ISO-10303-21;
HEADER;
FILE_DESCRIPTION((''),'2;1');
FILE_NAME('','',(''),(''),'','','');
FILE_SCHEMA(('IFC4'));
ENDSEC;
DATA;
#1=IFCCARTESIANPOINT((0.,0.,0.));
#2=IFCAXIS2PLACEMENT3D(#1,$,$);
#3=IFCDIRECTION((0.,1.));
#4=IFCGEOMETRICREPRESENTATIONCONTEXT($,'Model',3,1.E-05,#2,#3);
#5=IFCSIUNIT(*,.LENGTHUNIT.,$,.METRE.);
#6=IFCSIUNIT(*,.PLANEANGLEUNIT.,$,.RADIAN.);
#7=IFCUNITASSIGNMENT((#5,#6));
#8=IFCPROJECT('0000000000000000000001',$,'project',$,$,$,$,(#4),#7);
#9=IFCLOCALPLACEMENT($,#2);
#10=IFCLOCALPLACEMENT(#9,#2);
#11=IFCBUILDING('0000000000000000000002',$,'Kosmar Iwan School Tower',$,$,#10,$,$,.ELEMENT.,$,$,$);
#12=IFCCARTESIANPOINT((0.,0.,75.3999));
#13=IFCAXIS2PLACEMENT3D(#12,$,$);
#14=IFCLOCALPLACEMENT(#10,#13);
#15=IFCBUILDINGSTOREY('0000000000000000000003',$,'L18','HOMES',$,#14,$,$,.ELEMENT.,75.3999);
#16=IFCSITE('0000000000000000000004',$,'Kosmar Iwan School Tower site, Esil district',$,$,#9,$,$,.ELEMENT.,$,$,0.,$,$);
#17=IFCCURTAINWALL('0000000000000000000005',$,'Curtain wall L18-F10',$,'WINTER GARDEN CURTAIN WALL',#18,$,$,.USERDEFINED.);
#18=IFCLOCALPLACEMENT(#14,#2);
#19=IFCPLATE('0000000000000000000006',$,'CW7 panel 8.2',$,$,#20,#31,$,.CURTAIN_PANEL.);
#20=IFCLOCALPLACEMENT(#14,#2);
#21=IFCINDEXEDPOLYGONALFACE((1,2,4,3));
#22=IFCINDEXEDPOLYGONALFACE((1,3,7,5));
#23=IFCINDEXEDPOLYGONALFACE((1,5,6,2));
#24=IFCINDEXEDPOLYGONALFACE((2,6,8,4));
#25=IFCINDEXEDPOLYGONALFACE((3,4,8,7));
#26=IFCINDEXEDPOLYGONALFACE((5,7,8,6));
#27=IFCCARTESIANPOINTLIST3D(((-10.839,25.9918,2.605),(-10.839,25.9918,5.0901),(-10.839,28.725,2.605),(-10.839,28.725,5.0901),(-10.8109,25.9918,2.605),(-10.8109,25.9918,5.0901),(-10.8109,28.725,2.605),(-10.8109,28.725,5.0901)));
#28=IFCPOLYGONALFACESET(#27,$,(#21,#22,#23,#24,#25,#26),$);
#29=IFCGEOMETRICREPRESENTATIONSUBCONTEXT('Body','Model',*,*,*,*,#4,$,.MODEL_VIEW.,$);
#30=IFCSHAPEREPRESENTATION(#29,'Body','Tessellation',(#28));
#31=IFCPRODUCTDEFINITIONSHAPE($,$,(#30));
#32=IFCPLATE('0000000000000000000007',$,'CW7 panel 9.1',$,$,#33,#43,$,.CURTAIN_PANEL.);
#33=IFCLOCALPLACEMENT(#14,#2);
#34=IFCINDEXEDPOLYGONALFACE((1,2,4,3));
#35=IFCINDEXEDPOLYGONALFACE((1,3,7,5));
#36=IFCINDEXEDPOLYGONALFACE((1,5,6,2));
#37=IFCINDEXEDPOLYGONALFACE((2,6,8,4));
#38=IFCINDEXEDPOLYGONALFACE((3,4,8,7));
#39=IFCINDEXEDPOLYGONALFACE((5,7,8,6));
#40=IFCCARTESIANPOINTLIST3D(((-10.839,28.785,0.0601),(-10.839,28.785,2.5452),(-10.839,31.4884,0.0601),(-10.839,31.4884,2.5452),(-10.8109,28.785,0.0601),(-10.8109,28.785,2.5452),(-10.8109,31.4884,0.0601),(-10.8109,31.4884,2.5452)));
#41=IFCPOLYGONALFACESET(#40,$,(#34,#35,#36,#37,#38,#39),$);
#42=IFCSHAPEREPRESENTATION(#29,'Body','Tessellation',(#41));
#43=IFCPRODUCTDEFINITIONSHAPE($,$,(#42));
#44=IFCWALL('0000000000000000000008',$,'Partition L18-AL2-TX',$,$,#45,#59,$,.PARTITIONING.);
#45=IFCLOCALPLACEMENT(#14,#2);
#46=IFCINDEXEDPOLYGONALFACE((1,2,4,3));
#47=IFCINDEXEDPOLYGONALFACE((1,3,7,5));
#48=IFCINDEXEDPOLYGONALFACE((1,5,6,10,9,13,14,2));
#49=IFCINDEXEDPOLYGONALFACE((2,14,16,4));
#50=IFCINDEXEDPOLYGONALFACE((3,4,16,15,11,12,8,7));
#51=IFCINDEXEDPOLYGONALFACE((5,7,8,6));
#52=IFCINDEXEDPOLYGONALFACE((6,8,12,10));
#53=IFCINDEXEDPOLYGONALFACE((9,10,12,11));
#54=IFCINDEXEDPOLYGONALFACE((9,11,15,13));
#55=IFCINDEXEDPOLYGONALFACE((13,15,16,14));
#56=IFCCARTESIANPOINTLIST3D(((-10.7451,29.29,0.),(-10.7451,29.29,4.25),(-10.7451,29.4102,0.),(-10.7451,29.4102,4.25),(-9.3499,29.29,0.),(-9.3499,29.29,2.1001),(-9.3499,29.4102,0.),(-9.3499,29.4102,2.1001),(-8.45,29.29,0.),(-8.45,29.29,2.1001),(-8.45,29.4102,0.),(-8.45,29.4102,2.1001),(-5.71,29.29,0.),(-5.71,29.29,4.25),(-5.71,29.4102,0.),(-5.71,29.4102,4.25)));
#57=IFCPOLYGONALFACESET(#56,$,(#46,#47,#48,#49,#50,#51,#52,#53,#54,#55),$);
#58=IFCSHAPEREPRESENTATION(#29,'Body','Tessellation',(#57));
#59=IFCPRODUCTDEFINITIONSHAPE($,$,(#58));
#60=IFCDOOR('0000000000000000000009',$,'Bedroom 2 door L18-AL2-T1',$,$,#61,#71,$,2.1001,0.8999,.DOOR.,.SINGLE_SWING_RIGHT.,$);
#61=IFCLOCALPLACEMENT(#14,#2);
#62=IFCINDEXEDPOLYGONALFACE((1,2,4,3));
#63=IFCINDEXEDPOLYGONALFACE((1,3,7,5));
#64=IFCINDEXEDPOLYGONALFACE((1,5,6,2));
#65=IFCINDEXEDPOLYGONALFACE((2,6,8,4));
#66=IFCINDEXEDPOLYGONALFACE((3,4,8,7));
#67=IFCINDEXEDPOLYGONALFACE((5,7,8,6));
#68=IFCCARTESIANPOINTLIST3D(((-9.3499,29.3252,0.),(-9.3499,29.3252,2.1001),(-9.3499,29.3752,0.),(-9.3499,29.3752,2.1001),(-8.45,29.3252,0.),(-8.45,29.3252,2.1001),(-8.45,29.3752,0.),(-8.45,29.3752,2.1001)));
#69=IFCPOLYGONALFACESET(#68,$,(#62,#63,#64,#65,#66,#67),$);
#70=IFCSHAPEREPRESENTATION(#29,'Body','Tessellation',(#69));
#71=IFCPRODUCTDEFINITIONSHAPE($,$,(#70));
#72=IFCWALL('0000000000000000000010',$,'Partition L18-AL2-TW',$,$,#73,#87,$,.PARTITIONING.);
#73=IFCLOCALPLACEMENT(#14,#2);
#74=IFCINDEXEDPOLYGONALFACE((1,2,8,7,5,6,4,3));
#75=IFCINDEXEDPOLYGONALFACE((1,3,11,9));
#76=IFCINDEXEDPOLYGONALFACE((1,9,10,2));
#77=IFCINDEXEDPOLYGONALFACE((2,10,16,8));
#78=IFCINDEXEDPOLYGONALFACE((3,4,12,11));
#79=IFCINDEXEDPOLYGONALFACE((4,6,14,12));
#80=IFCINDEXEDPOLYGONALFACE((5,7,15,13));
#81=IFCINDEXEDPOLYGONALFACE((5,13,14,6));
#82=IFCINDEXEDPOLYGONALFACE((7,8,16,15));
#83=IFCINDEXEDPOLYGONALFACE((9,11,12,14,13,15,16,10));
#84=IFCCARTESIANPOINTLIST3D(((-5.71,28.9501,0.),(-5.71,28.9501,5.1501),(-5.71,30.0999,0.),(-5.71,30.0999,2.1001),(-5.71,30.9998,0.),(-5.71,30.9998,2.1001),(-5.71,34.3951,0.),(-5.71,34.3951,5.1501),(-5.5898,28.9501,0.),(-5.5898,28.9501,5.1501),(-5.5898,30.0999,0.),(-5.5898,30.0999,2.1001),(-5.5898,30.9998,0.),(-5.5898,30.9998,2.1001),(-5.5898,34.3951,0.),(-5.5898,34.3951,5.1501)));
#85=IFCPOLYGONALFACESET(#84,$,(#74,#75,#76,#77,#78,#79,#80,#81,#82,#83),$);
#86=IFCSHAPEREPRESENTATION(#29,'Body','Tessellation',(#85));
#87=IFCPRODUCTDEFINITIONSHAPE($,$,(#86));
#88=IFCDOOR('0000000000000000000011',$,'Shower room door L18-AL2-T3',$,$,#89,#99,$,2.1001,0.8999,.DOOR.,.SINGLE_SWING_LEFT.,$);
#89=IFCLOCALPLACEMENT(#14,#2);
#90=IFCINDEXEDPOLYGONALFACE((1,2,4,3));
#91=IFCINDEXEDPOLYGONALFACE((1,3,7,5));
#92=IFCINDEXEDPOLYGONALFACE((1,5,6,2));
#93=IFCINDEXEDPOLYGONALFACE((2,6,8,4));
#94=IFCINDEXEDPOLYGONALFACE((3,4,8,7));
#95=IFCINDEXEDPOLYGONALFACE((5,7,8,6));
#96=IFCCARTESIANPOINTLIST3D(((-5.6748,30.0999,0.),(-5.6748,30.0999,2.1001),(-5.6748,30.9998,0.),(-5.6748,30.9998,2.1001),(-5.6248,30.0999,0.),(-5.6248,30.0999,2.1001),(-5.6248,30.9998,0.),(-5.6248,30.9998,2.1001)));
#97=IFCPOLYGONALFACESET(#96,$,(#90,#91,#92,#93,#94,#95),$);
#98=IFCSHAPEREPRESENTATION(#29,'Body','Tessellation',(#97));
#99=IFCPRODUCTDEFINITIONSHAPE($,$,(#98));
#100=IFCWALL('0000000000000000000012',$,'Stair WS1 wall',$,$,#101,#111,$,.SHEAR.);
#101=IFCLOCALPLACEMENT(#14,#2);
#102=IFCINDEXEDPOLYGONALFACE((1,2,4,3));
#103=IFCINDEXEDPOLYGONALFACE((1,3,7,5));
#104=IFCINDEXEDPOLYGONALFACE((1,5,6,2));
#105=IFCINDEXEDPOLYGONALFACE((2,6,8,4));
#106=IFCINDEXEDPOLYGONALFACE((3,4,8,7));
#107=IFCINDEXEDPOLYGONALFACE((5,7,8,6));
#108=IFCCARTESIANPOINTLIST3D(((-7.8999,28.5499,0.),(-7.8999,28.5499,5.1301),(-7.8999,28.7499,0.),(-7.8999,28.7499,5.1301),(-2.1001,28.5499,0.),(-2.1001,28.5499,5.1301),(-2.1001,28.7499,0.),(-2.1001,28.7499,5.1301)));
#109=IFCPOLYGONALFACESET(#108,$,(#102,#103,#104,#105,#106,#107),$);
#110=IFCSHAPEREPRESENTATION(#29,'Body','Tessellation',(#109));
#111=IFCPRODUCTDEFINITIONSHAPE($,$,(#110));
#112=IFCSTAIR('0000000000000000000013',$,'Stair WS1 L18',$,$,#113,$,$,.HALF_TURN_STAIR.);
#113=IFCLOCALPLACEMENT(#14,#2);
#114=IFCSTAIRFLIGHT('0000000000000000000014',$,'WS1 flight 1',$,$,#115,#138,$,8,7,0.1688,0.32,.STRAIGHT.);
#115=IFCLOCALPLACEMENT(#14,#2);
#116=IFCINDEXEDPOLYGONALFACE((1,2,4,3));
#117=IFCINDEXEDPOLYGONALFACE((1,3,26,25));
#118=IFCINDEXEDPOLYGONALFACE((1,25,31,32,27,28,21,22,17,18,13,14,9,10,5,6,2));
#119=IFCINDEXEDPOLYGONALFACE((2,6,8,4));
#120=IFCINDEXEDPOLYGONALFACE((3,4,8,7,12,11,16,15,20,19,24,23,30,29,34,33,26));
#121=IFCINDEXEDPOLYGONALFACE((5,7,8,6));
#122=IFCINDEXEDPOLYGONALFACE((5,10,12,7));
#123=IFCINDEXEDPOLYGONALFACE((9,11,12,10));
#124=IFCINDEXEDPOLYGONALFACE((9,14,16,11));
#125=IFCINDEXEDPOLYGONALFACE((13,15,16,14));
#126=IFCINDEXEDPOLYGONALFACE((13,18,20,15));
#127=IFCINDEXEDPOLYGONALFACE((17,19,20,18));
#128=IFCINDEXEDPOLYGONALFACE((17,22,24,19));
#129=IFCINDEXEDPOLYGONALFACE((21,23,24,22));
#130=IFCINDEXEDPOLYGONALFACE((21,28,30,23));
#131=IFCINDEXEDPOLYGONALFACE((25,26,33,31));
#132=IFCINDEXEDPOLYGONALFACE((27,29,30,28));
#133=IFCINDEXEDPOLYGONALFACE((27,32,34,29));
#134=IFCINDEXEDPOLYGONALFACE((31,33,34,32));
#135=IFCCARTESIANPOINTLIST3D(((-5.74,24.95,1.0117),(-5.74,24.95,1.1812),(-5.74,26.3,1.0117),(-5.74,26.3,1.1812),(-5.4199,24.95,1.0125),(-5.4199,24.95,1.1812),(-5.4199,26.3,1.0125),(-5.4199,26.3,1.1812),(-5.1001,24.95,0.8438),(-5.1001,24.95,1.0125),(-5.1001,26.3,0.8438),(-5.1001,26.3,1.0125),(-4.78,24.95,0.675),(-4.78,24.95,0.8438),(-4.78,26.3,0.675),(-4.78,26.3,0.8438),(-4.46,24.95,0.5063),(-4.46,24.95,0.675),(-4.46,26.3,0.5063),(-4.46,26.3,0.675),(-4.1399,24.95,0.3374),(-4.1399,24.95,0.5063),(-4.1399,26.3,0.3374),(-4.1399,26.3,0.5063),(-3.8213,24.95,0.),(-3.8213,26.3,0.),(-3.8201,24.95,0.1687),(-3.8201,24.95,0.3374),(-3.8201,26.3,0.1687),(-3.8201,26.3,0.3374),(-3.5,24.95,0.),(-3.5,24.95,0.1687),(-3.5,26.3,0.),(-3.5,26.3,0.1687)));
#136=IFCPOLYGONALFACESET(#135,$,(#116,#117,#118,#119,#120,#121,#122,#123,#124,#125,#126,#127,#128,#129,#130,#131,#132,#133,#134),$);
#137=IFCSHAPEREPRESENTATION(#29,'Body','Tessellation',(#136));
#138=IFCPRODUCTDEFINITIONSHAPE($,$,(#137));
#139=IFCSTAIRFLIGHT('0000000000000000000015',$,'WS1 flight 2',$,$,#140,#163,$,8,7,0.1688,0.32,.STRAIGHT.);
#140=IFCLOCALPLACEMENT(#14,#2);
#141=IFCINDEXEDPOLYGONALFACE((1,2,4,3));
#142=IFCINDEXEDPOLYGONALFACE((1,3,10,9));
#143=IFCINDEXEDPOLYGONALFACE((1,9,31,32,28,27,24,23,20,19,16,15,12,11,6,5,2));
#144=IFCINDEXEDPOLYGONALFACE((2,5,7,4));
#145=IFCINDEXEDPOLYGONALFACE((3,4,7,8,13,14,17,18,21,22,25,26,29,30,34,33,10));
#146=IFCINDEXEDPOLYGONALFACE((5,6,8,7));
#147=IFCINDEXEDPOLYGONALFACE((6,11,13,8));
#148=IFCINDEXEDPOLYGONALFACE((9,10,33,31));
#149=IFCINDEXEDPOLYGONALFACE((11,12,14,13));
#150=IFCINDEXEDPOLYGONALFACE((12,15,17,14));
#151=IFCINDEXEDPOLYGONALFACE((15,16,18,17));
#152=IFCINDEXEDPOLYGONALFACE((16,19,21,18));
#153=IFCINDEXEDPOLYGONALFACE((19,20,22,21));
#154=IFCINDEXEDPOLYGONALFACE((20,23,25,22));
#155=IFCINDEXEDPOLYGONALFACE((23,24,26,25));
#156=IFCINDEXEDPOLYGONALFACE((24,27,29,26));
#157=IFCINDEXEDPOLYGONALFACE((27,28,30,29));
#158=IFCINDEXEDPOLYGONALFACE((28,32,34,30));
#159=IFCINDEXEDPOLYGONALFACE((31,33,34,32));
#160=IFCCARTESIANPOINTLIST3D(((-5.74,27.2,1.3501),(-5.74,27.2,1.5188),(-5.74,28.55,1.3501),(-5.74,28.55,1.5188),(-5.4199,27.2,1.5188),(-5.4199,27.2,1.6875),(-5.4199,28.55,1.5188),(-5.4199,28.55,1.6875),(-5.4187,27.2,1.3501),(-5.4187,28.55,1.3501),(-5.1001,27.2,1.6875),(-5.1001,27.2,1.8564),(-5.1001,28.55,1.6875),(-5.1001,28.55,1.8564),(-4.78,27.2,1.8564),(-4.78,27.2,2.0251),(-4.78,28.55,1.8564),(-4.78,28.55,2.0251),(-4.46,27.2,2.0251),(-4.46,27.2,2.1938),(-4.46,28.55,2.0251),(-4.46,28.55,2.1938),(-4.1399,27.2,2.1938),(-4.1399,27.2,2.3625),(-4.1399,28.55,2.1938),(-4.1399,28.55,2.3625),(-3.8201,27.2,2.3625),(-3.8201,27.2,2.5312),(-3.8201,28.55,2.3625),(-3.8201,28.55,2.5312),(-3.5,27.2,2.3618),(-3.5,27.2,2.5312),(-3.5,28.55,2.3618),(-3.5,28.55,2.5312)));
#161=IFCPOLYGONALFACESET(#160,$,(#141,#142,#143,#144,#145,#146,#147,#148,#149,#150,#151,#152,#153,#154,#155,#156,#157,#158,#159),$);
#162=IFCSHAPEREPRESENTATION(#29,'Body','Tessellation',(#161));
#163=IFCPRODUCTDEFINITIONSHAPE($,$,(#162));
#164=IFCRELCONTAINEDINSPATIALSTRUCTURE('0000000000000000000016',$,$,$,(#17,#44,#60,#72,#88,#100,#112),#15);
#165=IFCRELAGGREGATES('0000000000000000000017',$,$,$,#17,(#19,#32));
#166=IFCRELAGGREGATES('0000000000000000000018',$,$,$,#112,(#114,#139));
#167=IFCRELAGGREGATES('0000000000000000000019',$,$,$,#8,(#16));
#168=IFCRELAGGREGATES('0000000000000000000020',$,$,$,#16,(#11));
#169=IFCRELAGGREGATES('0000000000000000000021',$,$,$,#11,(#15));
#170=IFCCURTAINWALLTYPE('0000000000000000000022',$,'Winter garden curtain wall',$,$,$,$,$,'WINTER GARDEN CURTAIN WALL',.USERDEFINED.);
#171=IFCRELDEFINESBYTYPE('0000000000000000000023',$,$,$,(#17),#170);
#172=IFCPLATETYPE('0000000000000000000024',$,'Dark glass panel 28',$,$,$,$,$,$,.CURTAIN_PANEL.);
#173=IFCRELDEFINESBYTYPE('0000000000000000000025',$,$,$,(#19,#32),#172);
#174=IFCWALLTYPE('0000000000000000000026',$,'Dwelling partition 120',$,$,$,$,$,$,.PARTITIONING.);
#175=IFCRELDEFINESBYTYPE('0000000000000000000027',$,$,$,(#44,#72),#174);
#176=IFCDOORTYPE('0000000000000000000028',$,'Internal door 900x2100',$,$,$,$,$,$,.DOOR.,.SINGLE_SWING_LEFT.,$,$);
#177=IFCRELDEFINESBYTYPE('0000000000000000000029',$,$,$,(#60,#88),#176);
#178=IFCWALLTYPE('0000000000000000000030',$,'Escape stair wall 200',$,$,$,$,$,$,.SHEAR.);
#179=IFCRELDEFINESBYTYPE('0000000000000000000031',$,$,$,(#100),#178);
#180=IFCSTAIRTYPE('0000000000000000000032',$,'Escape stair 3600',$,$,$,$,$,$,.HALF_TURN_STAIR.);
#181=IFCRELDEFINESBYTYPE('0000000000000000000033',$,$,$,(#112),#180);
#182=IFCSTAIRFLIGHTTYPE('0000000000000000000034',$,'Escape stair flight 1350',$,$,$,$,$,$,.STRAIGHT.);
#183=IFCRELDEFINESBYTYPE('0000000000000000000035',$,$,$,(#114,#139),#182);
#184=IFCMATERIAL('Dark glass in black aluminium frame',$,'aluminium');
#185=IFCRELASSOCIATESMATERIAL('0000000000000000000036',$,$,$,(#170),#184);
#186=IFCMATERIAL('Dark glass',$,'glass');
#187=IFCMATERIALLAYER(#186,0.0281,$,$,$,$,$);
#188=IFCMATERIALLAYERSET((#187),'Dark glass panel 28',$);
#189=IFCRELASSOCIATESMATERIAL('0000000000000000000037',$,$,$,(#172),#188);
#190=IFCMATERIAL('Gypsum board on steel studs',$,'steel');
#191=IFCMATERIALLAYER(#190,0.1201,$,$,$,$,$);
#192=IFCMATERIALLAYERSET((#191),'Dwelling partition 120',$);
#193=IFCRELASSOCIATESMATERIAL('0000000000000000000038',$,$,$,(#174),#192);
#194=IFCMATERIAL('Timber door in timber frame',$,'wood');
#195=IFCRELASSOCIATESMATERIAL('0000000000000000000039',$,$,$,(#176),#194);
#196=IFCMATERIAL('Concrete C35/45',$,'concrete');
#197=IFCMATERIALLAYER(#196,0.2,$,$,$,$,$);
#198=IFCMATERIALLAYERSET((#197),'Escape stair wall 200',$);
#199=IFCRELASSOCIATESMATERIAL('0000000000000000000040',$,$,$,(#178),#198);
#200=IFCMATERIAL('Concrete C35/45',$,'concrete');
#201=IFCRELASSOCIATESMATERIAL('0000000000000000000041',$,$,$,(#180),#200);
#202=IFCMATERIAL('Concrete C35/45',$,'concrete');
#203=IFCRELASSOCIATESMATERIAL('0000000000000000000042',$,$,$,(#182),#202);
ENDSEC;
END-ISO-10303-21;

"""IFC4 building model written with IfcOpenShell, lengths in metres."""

from ifc_helpers import new_model, si_unit, direction, frame, frame_2d, origin, origin_2d, place, context, subcontext, project, spatial, polyline, rectangle, outline, extrude, material, layer, layer_set, type_object, element, fill, aggregate, save


model = new_model("IFC4")

# Units and contexts
model_context = context("Model", 3, precision=1e-05, world=origin(), true_north=direction((0.0, 1.0)))
body_context = subcontext(model_context, "Body", "Model", "MODEL_VIEW")
ifc_project = project(units=[si_unit("LENGTHUNIT", "METRE"), si_unit("PLANEANGLEUNIT", "RADIAN")], contexts=[model_context])

# Site, building, storey
site_placement = place(None, origin())
site = spatial("IfcSite", under=ifc_project, at=site_placement, Name="Kosmar Iwan School Tower site, Esil district", CompositionType="ELEMENT", RefElevation=0.0)
building_placement = place(site_placement, origin())
building = spatial("IfcBuilding", under=site, at=building_placement, Name="Kosmar Iwan School Tower", CompositionType="ELEMENT")
storey_placement = place(building_placement, frame((0.0, 0.0, 75.3999)))
storey = spatial("IfcBuildingStorey", under=building, at=storey_placement, Name="L18", Description="HOMES", CompositionType="ELEMENT", Elevation=75.3999)

# Curtain wall
ifc_material_1 = material(Name="Dark glass in black aluminium frame", Category="aluminium")
curtain_wall_type = type_object("IfcCurtainWallType", Name="Winter garden curtain wall", ElementType="WINTER GARDEN CURTAIN WALL", PredefinedType="USERDEFINED", material=ifc_material_1)
curtain_wall_placement = place(storey_placement, origin())
curtain_wall = element("IfcCurtainWall", 1, at=curtain_wall_placement, inside=storey, type_object=curtain_wall_type, Name="Curtain wall L18-F10", ObjectType="WINTER GARDEN CURTAIN WALL", PredefinedType="USERDEFINED")

# Plates
ifc_material_2 = material(Name="Dark glass", Category="glass")
ifc_layer_1 = layer(ifc_material_2, 0.0281)
ifc_layer_set_1 = layer_set([ifc_layer_1], Name="Dark glass panel 28")
plate_type = type_object("IfcPlateType", Name="Dark glass panel 28", PredefinedType="CURTAIN_PANEL", material=ifc_layer_set_1)
plate_1_placement = place(storey_placement, frame((-10.825, 27.3584, 2.605), z_axis=(0.0, 0.0, 1.0), x_axis=(0.0, 1.0, 0.0)))
plate_1 = element("IfcPlate", 2, at=plate_1_placement, type_object=plate_type, Name="CW7 panel 8.2", PredefinedType="CURTAIN_PANEL", context=body_context, shape_type="SweptSolid", body=[
    extrude(rectangle(XDim=2.7332, YDim=0.0281, at=origin_2d()), origin(), (0.0, 0.0, 1.0), 2.4851),
])
plate_2_placement = place(storey_placement, frame((-10.825, 30.1367, 0.0601), z_axis=(0.0, 0.0, 1.0), x_axis=(0.0, 1.0, 0.0)))
plate_2 = element("IfcPlate", 3, at=plate_2_placement, type_object=plate_type, Name="CW7 panel 9.1", PredefinedType="CURTAIN_PANEL", context=body_context, shape_type="SweptSolid", body=[
    extrude(rectangle(XDim=2.7034, YDim=0.0281, at=origin_2d()), origin(), (0.0, 0.0, 1.0), 2.4851),
])
aggregate(curtain_wall, [plate_1, plate_2])

# Walls, openings, doors
ifc_material_3 = material(Name="Gypsum board on steel studs", Category="steel")
ifc_layer_2 = layer(ifc_material_3, 0.1201)
ifc_layer_set_2 = layer_set([ifc_layer_2], Name="Dwelling partition 120")
wall_type_1 = type_object("IfcWallType", Name="Dwelling partition 120", PredefinedType="PARTITIONING", material=ifc_layer_set_2)
wall_1_placement = place(storey_placement, frame((-5.71, 29.3501, 0.0), z_axis=(0.0, 0.0, 1.0), x_axis=(-1.0, 0.0, 0.0)))
wall_1 = element("IfcWall", 4, at=wall_1_placement, inside=storey, type_object=wall_type_1, Name="Partition L18-AL2-TX", PredefinedType="PARTITIONING", context=body_context, shape_type="SweptSolid", body=[
    extrude(rectangle(XDim=5.0352, YDim=0.1201, at=frame_2d((2.5176, 0.0))), origin(), (0.0, 0.0, 1.0), 4.25),
])
opening_1_placement = place(wall_1_placement, frame((2.74, 0.0, 0.0)))
opening_1 = element("IfcOpeningElement", 5, at=opening_1_placement, cuts=wall_1, PredefinedType="OPENING", context=body_context, shape_type="SweptSolid", body=[
    extrude(rectangle(XDim=0.8999, YDim=2.1001, at=frame_2d((0.45, 1.05))), frame((0.0, 0.072, 0.0), z_axis=(0.0, -1.0, 0.0), x_axis=(1.0, 0.0, 0.0)), (0.0, 0.0, 1.0), 0.144),
])
ifc_material_4 = material(Name="Timber door in timber frame", Category="wood")
door_type = type_object("IfcDoorType", Name="Internal door 900x2100", OperationType="SINGLE_SWING_LEFT", PredefinedType="DOOR", material=ifc_material_4)
door_1_placement = place(opening_1_placement, origin())
door_1 = element("IfcDoor", 6, at=door_1_placement, inside=storey, type_object=door_type, Name="Bedroom 2 door L18-AL2-T1", OperationType="SINGLE_SWING_RIGHT", OverallHeight=2.1001, OverallWidth=0.8999, PredefinedType="DOOR", context=body_context, shape_type="SweptSolid", body=[
    extrude(rectangle(XDim=0.8999, YDim=2.1001, at=frame_2d((0.45, 1.05))), frame((0.0, 0.0249, 0.0), z_axis=(0.0, -1.0, 0.0), x_axis=(1.0, 0.0, 0.0)), (0.0, 0.0, 1.0), 0.05),
])
fill(opening_1, door_1)
wall_2_placement = place(storey_placement, frame((-5.6499, 28.95, 0.0), z_axis=(0.0, 0.0, 1.0), x_axis=(0.0, 1.0, 0.0)))
wall_2 = element("IfcWall", 7, at=wall_2_placement, inside=storey, type_object=wall_type_1, Name="Partition L18-AL2-TW", PredefinedType="PARTITIONING", context=body_context, shape_type="SweptSolid", body=[
    extrude(rectangle(XDim=5.4451, YDim=0.1201, at=frame_2d((2.7227, 0.0))), origin(), (0.0, 0.0, 1.0), 5.1501),
])
opening_2_placement = place(wall_2_placement, frame((1.1499, 0.0, 0.0)))
opening_2 = element("IfcOpeningElement", 8, at=opening_2_placement, cuts=wall_2, PredefinedType="OPENING", context=body_context, shape_type="SweptSolid", body=[
    extrude(rectangle(XDim=0.8999, YDim=2.1001, at=frame_2d((0.45, 1.05))), frame((0.0, 0.072, 0.0), z_axis=(0.0, -1.0, 0.0), x_axis=(1.0, 0.0, 0.0)), (0.0, 0.0, 1.0), 0.144),
])
door_2_placement = place(opening_2_placement, origin())
door_2 = element("IfcDoor", 9, at=door_2_placement, inside=storey, type_object=door_type, Name="Shower room door L18-AL2-T3", OperationType="SINGLE_SWING_LEFT", OverallHeight=2.1001, OverallWidth=0.8999, PredefinedType="DOOR", context=body_context, shape_type="SweptSolid", body=[
    extrude(rectangle(XDim=0.8999, YDim=2.1001, at=frame_2d((0.45, 1.05))), frame((0.0, 0.0249, 0.0), z_axis=(0.0, -1.0, 0.0), x_axis=(1.0, 0.0, 0.0)), (0.0, 0.0, 1.0), 0.05),
])
fill(opening_2, door_2)

# Wall
ifc_material_5 = material(Name="Concrete C35/45", Category="concrete")
ifc_layer_3 = layer(ifc_material_5, 0.2)
ifc_layer_set_3 = layer_set([ifc_layer_3], Name="Escape stair wall 200")
wall_type_2 = type_object("IfcWallType", Name="Escape stair wall 200", PredefinedType="SHEAR", material=ifc_layer_set_3)
wall_3_placement = place(storey_placement, frame((-2.1001, 28.6499, 0.0), z_axis=(0.0, 0.0, 1.0), x_axis=(-1.0, 0.0, 0.0)))
element("IfcWall", 10, at=wall_3_placement, inside=storey, type_object=wall_type_2, Name="Stair WS1 wall", PredefinedType="SHEAR", context=body_context, shape_type="SweptSolid", body=[
    extrude(rectangle(XDim=5.7998, YDim=0.2, at=frame_2d((2.8999, 0.0))), origin(), (0.0, 0.0, 1.0), 5.1301),
])

# Stair, stair flights
ifc_material_6 = material(Name="Concrete C35/45", Category="concrete")
stair_type = type_object("IfcStairType", Name="Escape stair 3600", PredefinedType="HALF_TURN_STAIR", material=ifc_material_6)
stair_placement = place(storey_placement, origin())
stair = element("IfcStair", 11, at=stair_placement, inside=storey, type_object=stair_type, Name="Stair WS1 L18", PredefinedType="HALF_TURN_STAIR")
ifc_material_7 = material(Name="Concrete C35/45", Category="concrete")
stair_flight_type = type_object("IfcStairFlightType", Name="Escape stair flight 1350", PredefinedType="STRAIGHT", material=ifc_material_7)
stair_flight_1_placement = place(storey_placement, frame((-3.5, 25.625, 0.0), z_axis=(0.0, 0.0, 1.0), x_axis=(-1.0, 0.0, 0.0)))
stair_flight_1 = element("IfcStairFlight", 12, at=stair_flight_1_placement, type_object=stair_flight_type, Name="WS1 flight 1", NumberOfRisers=8, NumberOfTreads=7, PredefinedType="STRAIGHT", RiserHeight=0.1688, TreadLength=0.32, context=body_context, shape_type="SweptSolid", body=[
    extrude(outline(polyline([(0.0, 0.0), (0.0, 0.1687), (0.3201, 0.1687), (0.3201, 0.3374), (0.6399, 0.3374), (0.6399, 0.5063), (0.96, 0.5063), (0.96, 0.675), (1.28, 0.675), (1.28, 0.8438), (1.6001, 0.8438), (1.6001, 1.0125), (1.9199, 1.0125), (1.9199, 1.1812), (2.24, 1.1812), (2.24, 1.3501), (2.24, 1.0117), (0.3213, 0.0), (0.0, 0.0)])), frame((0.0, 0.675, 0.0), z_axis=(0.0, -1.0, 0.0), x_axis=(1.0, 0.0, 0.0)), (0.0, 0.0, 1.0), 1.3501),
])
stair_flight_2_placement = place(storey_placement, frame((-5.74, 27.875, 1.3501), z_axis=(0.0, 0.0, 1.0), x_axis=(1.0, 0.0, 0.0)))
stair_flight_2 = element("IfcStairFlight", 13, at=stair_flight_2_placement, type_object=stair_flight_type, Name="WS1 flight 2", NumberOfRisers=8, NumberOfTreads=7, PredefinedType="STRAIGHT", RiserHeight=0.1688, TreadLength=0.32, context=body_context, shape_type="SweptSolid", body=[
    extrude(outline(polyline([(0.0, 0.0), (0.0, 0.1687), (0.3201, 0.1687), (0.3201, 0.3374), (0.6399, 0.3374), (0.6399, 0.5063), (0.96, 0.5063), (0.96, 0.675), (1.28, 0.675), (1.28, 0.8438), (1.6001, 0.8438), (1.6001, 1.0125), (1.9199, 1.0125), (1.9199, 1.1812), (2.24, 1.1812), (2.24, 1.3501), (2.24, 1.0117), (0.3213, 0.0), (0.0, 0.0)])), frame((0.0, 0.675, 0.0), z_axis=(0.0, -1.0, 0.0), x_axis=(1.0, 0.0, 0.0)), (0.0, 0.0, 1.0), 1.3501),
])
aggregate(stair, [stair_flight_1, stair_flight_2])

save(model, "model.ifc")
